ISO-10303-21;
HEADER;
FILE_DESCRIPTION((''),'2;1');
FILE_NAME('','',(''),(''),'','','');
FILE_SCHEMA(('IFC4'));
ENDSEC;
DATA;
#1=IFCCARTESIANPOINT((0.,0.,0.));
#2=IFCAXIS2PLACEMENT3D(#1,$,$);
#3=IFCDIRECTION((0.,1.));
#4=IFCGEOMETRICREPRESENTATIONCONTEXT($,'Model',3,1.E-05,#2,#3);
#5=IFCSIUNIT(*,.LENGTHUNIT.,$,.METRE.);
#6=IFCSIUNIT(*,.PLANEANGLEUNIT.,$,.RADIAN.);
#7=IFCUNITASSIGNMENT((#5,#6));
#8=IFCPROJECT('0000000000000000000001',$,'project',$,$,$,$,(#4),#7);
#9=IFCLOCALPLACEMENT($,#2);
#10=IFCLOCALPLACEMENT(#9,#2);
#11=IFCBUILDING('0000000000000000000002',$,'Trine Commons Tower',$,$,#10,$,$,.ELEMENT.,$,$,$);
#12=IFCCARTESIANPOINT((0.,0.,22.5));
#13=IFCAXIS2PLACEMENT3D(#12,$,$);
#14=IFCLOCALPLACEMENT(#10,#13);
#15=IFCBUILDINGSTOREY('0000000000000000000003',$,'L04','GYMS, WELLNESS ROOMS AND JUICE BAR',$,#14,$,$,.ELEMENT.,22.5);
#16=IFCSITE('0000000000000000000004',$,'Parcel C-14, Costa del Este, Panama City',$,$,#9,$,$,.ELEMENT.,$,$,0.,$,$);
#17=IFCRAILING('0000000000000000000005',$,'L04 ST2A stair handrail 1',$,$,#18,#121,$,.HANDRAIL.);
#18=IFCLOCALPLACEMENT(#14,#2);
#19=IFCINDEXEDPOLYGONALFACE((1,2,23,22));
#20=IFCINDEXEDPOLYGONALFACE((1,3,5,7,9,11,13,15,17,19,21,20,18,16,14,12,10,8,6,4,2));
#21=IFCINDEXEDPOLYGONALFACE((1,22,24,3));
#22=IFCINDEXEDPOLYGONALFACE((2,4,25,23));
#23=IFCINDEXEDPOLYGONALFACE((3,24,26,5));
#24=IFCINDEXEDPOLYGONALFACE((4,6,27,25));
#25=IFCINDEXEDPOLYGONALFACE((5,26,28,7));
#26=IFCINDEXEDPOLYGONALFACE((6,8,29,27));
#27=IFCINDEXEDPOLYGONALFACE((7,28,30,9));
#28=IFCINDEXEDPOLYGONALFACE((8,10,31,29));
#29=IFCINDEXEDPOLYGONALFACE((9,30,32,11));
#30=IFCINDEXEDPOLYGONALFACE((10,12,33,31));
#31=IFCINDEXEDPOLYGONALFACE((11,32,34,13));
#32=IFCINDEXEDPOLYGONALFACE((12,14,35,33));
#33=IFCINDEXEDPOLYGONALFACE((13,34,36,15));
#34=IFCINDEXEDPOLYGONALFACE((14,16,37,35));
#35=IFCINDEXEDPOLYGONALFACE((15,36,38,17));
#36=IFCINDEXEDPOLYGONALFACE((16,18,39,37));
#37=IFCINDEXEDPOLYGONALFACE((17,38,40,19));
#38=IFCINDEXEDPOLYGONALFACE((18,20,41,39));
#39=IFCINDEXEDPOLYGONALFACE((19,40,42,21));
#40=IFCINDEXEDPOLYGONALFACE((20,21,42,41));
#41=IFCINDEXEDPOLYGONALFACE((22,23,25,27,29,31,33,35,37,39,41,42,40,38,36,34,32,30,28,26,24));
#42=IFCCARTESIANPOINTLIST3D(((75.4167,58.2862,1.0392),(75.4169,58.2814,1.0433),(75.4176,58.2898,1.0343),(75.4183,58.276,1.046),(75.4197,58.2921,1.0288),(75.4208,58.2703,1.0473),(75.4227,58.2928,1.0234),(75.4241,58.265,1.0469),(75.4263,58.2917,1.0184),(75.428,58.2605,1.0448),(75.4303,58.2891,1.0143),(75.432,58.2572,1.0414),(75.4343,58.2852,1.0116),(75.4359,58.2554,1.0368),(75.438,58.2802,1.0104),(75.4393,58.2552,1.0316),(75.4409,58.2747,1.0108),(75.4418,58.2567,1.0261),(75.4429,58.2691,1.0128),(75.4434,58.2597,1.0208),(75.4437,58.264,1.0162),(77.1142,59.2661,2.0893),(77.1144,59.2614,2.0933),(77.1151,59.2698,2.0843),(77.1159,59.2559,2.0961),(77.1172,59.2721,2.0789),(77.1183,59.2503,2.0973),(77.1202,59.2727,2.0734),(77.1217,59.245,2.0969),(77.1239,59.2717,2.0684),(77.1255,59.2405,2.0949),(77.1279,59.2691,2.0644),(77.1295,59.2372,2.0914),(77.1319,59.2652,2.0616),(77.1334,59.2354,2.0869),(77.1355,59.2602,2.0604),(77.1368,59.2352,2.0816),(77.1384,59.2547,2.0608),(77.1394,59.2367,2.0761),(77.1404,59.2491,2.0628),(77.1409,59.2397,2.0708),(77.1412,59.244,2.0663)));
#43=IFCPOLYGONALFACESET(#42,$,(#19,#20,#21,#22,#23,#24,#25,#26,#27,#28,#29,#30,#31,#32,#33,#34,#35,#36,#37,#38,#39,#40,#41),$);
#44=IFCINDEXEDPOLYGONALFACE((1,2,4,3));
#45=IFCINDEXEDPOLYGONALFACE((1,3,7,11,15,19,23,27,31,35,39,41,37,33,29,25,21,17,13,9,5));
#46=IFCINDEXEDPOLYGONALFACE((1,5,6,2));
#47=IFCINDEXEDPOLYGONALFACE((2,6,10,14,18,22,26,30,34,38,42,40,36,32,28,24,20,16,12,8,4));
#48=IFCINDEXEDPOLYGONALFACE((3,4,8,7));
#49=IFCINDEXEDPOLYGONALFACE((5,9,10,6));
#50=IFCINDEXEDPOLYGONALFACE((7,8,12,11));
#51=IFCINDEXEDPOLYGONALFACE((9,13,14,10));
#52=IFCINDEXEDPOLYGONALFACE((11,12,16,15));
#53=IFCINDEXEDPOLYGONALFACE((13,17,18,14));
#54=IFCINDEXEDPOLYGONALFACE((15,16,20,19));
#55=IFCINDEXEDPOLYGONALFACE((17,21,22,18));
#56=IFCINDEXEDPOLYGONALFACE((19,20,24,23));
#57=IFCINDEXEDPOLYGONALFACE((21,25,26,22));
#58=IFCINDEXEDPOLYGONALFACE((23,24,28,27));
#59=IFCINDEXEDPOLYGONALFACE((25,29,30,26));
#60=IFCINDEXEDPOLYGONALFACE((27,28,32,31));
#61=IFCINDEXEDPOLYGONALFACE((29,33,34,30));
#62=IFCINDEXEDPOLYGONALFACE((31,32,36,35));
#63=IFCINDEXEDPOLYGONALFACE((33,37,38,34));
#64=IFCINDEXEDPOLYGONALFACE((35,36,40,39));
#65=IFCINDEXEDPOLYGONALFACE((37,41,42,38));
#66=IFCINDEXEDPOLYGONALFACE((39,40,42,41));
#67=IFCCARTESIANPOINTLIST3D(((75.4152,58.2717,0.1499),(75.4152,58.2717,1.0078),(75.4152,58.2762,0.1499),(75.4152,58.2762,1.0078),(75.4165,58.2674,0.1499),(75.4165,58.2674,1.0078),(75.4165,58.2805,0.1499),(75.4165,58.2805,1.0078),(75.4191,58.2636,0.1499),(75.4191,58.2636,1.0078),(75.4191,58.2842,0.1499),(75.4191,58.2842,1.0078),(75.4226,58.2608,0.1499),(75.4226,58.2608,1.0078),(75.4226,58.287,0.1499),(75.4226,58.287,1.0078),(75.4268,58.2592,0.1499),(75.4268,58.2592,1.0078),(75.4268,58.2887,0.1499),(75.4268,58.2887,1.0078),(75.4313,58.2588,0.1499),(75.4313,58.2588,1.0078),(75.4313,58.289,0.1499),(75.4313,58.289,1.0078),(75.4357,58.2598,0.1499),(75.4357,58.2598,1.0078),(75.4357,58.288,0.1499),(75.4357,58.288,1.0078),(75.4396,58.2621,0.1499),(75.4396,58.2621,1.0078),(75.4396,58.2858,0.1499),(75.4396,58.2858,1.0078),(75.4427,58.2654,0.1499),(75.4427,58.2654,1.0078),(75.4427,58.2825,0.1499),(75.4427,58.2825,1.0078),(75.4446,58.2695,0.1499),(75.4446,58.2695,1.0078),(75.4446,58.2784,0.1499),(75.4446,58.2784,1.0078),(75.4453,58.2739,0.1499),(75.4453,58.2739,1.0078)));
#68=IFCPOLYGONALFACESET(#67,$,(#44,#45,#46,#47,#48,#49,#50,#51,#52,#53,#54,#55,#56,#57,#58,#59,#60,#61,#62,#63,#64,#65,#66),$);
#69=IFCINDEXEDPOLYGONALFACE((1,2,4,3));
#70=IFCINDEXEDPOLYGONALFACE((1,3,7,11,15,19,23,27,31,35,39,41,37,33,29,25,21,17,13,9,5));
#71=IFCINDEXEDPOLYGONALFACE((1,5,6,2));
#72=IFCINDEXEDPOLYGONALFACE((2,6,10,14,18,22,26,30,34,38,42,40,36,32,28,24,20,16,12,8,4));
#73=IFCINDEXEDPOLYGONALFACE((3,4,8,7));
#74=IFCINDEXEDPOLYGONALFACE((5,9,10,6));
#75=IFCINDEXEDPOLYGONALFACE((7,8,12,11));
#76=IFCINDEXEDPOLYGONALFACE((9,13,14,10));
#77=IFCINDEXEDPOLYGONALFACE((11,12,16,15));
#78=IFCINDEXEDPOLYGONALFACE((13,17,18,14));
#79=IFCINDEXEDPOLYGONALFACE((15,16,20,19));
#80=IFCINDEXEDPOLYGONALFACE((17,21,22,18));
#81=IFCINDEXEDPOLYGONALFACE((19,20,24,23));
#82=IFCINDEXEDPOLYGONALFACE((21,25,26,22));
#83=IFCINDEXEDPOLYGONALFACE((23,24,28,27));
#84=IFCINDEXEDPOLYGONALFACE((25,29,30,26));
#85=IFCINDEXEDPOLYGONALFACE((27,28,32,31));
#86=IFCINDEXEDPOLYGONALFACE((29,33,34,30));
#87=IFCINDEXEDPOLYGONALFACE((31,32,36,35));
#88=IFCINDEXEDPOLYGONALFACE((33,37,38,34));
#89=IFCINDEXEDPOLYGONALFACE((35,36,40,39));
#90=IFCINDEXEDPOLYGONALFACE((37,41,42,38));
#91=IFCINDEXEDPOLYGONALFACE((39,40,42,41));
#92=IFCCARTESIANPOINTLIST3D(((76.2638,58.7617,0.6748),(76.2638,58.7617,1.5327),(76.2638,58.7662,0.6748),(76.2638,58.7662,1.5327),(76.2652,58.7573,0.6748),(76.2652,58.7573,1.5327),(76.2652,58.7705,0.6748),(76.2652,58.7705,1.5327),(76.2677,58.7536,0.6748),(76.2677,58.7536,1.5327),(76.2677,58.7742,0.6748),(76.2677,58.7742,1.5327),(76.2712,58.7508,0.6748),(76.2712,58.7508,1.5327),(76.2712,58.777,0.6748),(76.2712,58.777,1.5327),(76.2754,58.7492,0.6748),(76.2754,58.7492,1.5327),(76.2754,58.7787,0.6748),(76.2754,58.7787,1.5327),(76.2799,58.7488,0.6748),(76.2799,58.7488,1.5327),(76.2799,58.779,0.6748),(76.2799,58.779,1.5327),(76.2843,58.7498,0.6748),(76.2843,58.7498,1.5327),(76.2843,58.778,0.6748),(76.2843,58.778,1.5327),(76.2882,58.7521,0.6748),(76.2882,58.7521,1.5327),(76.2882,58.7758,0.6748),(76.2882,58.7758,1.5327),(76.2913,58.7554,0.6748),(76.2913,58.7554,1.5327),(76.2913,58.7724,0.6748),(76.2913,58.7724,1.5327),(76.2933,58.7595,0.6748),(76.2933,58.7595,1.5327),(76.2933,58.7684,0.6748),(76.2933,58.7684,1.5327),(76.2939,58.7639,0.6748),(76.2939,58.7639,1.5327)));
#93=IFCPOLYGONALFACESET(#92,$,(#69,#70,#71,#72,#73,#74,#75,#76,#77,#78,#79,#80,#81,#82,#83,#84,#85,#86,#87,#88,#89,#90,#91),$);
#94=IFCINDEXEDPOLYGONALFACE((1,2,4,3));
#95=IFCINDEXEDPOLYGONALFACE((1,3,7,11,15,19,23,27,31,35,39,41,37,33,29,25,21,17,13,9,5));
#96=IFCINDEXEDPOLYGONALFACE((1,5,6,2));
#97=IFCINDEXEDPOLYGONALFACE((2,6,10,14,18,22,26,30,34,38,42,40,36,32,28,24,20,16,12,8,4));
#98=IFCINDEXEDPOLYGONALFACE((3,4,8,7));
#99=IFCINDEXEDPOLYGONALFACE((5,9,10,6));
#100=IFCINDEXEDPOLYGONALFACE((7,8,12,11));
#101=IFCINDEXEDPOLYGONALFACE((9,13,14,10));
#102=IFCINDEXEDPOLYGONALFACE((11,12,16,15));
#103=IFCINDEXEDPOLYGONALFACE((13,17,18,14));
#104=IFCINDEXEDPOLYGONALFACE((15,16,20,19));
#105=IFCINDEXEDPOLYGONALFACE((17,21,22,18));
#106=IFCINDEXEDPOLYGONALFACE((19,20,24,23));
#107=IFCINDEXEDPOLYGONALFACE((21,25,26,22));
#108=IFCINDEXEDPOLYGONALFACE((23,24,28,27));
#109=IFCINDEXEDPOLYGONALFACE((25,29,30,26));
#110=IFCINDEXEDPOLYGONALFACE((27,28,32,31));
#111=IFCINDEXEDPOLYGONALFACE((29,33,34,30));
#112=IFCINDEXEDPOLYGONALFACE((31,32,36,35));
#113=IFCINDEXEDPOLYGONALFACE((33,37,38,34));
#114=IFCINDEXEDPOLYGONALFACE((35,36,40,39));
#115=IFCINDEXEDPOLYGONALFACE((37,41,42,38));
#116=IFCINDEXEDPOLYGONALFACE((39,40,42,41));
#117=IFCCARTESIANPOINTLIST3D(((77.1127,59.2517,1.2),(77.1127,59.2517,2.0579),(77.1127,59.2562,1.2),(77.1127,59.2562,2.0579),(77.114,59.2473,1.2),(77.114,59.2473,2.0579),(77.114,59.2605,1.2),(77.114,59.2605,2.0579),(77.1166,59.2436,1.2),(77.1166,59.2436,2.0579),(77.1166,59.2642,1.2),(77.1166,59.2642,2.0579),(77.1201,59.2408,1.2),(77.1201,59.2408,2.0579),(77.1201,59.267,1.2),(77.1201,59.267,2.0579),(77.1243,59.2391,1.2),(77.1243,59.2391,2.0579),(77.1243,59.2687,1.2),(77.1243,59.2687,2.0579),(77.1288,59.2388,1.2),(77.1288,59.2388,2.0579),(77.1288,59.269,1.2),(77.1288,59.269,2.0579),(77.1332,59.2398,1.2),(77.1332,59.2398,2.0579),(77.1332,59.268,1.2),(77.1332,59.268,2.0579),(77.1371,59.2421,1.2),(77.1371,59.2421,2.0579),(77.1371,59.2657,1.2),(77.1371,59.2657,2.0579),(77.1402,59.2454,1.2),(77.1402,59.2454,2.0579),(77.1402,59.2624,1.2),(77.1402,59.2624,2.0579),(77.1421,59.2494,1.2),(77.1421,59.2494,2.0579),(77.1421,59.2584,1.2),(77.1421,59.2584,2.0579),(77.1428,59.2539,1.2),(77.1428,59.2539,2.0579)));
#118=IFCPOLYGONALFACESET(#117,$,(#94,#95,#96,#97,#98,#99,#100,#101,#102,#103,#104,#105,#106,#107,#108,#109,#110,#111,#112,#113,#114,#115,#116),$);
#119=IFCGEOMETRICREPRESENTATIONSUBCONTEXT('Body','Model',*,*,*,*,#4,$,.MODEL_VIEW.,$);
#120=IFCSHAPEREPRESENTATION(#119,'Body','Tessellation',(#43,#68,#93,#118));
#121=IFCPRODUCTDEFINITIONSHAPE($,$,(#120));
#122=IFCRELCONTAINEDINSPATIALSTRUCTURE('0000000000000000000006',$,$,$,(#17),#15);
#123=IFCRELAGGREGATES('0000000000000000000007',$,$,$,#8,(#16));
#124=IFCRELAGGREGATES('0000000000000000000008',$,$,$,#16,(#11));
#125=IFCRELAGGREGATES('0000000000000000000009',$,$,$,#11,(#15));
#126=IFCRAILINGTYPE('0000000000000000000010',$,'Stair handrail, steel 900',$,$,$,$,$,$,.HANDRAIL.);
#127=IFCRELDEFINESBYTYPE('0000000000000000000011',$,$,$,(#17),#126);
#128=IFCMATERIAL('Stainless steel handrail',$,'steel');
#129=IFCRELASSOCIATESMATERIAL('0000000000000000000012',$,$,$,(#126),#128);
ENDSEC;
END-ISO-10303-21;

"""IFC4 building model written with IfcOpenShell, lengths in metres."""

from ifc_helpers import new_model, si_unit, direction, frame, origin, origin_2d, place, context, subcontext, project, spatial, circle, extrude, material, type_object, element, save


model = new_model("IFC4")

# Units and contexts
model_context = context("Model", 3, precision=1e-05, world=origin(), true_north=direction((0.0, 1.0)))
body_context = subcontext(model_context, "Body", "Model", "MODEL_VIEW")
ifc_project = project(units=[si_unit("LENGTHUNIT", "METRE"), si_unit("PLANEANGLEUNIT", "RADIAN")], contexts=[model_context])

# Site, building, storey
site_placement = place(None, origin())
site = spatial("IfcSite", under=ifc_project, at=site_placement, Name="Parcel C-14, Costa del Este, Panama City", CompositionType="ELEMENT", RefElevation=0.0)
building_placement = place(site_placement, origin())
building = spatial("IfcBuilding", under=site, at=building_placement, Name="Trine Commons Tower", CompositionType="ELEMENT")
storey_placement = place(building_placement, frame((0.0, 0.0, 22.5)))
storey = spatial("IfcBuildingStorey", under=building, at=storey_placement, Name="L04", Description="GYMS, WELLNESS ROOMS AND JUICE BAR", CompositionType="ELEMENT", Elevation=22.5)

# Railing
ifc_material_1 = material(Name="Stainless steel handrail", Category="steel")
railing_type = type_object("IfcRailingType", Name="Stair handrail, steel 900", PredefinedType="HANDRAIL", material=ifc_material_1)
railing_1_placement = place(storey_placement, frame((75.4302, 58.2739, 0.1499)))
element("IfcRailing", 1, at=railing_1_placement, inside=storey, type_object=railing_type, Name="L04 ST2A stair handrail 1", PredefinedType="HANDRAIL", context=body_context, shape_type="SweptSolid", body=[
    extrude(circle(Radius=0.021, at=origin_2d()), frame((0.0, 0.0, 0.8789), z_axis=(0.763398, 0.440713, 0.472224), x_axis=(-0.49997, 0.866042, 0.0)), (0.0, 0.0, 1.0), 2.2236),
    extrude(circle(Radius=0.0151, at=origin_2d()), origin(), (0.0, 0.0, 1.0), 0.8579),
    extrude(circle(Radius=0.0151, at=origin_2d()), frame((0.8486, 0.49, 0.5249)), (0.0, 0.0, 1.0), 0.8579),
    extrude(circle(Radius=0.0151, at=origin_2d()), frame((1.6975, 0.98, 1.05)), (0.0, 0.0, 1.0), 0.8579),
])

save(model, "model.ifc")
